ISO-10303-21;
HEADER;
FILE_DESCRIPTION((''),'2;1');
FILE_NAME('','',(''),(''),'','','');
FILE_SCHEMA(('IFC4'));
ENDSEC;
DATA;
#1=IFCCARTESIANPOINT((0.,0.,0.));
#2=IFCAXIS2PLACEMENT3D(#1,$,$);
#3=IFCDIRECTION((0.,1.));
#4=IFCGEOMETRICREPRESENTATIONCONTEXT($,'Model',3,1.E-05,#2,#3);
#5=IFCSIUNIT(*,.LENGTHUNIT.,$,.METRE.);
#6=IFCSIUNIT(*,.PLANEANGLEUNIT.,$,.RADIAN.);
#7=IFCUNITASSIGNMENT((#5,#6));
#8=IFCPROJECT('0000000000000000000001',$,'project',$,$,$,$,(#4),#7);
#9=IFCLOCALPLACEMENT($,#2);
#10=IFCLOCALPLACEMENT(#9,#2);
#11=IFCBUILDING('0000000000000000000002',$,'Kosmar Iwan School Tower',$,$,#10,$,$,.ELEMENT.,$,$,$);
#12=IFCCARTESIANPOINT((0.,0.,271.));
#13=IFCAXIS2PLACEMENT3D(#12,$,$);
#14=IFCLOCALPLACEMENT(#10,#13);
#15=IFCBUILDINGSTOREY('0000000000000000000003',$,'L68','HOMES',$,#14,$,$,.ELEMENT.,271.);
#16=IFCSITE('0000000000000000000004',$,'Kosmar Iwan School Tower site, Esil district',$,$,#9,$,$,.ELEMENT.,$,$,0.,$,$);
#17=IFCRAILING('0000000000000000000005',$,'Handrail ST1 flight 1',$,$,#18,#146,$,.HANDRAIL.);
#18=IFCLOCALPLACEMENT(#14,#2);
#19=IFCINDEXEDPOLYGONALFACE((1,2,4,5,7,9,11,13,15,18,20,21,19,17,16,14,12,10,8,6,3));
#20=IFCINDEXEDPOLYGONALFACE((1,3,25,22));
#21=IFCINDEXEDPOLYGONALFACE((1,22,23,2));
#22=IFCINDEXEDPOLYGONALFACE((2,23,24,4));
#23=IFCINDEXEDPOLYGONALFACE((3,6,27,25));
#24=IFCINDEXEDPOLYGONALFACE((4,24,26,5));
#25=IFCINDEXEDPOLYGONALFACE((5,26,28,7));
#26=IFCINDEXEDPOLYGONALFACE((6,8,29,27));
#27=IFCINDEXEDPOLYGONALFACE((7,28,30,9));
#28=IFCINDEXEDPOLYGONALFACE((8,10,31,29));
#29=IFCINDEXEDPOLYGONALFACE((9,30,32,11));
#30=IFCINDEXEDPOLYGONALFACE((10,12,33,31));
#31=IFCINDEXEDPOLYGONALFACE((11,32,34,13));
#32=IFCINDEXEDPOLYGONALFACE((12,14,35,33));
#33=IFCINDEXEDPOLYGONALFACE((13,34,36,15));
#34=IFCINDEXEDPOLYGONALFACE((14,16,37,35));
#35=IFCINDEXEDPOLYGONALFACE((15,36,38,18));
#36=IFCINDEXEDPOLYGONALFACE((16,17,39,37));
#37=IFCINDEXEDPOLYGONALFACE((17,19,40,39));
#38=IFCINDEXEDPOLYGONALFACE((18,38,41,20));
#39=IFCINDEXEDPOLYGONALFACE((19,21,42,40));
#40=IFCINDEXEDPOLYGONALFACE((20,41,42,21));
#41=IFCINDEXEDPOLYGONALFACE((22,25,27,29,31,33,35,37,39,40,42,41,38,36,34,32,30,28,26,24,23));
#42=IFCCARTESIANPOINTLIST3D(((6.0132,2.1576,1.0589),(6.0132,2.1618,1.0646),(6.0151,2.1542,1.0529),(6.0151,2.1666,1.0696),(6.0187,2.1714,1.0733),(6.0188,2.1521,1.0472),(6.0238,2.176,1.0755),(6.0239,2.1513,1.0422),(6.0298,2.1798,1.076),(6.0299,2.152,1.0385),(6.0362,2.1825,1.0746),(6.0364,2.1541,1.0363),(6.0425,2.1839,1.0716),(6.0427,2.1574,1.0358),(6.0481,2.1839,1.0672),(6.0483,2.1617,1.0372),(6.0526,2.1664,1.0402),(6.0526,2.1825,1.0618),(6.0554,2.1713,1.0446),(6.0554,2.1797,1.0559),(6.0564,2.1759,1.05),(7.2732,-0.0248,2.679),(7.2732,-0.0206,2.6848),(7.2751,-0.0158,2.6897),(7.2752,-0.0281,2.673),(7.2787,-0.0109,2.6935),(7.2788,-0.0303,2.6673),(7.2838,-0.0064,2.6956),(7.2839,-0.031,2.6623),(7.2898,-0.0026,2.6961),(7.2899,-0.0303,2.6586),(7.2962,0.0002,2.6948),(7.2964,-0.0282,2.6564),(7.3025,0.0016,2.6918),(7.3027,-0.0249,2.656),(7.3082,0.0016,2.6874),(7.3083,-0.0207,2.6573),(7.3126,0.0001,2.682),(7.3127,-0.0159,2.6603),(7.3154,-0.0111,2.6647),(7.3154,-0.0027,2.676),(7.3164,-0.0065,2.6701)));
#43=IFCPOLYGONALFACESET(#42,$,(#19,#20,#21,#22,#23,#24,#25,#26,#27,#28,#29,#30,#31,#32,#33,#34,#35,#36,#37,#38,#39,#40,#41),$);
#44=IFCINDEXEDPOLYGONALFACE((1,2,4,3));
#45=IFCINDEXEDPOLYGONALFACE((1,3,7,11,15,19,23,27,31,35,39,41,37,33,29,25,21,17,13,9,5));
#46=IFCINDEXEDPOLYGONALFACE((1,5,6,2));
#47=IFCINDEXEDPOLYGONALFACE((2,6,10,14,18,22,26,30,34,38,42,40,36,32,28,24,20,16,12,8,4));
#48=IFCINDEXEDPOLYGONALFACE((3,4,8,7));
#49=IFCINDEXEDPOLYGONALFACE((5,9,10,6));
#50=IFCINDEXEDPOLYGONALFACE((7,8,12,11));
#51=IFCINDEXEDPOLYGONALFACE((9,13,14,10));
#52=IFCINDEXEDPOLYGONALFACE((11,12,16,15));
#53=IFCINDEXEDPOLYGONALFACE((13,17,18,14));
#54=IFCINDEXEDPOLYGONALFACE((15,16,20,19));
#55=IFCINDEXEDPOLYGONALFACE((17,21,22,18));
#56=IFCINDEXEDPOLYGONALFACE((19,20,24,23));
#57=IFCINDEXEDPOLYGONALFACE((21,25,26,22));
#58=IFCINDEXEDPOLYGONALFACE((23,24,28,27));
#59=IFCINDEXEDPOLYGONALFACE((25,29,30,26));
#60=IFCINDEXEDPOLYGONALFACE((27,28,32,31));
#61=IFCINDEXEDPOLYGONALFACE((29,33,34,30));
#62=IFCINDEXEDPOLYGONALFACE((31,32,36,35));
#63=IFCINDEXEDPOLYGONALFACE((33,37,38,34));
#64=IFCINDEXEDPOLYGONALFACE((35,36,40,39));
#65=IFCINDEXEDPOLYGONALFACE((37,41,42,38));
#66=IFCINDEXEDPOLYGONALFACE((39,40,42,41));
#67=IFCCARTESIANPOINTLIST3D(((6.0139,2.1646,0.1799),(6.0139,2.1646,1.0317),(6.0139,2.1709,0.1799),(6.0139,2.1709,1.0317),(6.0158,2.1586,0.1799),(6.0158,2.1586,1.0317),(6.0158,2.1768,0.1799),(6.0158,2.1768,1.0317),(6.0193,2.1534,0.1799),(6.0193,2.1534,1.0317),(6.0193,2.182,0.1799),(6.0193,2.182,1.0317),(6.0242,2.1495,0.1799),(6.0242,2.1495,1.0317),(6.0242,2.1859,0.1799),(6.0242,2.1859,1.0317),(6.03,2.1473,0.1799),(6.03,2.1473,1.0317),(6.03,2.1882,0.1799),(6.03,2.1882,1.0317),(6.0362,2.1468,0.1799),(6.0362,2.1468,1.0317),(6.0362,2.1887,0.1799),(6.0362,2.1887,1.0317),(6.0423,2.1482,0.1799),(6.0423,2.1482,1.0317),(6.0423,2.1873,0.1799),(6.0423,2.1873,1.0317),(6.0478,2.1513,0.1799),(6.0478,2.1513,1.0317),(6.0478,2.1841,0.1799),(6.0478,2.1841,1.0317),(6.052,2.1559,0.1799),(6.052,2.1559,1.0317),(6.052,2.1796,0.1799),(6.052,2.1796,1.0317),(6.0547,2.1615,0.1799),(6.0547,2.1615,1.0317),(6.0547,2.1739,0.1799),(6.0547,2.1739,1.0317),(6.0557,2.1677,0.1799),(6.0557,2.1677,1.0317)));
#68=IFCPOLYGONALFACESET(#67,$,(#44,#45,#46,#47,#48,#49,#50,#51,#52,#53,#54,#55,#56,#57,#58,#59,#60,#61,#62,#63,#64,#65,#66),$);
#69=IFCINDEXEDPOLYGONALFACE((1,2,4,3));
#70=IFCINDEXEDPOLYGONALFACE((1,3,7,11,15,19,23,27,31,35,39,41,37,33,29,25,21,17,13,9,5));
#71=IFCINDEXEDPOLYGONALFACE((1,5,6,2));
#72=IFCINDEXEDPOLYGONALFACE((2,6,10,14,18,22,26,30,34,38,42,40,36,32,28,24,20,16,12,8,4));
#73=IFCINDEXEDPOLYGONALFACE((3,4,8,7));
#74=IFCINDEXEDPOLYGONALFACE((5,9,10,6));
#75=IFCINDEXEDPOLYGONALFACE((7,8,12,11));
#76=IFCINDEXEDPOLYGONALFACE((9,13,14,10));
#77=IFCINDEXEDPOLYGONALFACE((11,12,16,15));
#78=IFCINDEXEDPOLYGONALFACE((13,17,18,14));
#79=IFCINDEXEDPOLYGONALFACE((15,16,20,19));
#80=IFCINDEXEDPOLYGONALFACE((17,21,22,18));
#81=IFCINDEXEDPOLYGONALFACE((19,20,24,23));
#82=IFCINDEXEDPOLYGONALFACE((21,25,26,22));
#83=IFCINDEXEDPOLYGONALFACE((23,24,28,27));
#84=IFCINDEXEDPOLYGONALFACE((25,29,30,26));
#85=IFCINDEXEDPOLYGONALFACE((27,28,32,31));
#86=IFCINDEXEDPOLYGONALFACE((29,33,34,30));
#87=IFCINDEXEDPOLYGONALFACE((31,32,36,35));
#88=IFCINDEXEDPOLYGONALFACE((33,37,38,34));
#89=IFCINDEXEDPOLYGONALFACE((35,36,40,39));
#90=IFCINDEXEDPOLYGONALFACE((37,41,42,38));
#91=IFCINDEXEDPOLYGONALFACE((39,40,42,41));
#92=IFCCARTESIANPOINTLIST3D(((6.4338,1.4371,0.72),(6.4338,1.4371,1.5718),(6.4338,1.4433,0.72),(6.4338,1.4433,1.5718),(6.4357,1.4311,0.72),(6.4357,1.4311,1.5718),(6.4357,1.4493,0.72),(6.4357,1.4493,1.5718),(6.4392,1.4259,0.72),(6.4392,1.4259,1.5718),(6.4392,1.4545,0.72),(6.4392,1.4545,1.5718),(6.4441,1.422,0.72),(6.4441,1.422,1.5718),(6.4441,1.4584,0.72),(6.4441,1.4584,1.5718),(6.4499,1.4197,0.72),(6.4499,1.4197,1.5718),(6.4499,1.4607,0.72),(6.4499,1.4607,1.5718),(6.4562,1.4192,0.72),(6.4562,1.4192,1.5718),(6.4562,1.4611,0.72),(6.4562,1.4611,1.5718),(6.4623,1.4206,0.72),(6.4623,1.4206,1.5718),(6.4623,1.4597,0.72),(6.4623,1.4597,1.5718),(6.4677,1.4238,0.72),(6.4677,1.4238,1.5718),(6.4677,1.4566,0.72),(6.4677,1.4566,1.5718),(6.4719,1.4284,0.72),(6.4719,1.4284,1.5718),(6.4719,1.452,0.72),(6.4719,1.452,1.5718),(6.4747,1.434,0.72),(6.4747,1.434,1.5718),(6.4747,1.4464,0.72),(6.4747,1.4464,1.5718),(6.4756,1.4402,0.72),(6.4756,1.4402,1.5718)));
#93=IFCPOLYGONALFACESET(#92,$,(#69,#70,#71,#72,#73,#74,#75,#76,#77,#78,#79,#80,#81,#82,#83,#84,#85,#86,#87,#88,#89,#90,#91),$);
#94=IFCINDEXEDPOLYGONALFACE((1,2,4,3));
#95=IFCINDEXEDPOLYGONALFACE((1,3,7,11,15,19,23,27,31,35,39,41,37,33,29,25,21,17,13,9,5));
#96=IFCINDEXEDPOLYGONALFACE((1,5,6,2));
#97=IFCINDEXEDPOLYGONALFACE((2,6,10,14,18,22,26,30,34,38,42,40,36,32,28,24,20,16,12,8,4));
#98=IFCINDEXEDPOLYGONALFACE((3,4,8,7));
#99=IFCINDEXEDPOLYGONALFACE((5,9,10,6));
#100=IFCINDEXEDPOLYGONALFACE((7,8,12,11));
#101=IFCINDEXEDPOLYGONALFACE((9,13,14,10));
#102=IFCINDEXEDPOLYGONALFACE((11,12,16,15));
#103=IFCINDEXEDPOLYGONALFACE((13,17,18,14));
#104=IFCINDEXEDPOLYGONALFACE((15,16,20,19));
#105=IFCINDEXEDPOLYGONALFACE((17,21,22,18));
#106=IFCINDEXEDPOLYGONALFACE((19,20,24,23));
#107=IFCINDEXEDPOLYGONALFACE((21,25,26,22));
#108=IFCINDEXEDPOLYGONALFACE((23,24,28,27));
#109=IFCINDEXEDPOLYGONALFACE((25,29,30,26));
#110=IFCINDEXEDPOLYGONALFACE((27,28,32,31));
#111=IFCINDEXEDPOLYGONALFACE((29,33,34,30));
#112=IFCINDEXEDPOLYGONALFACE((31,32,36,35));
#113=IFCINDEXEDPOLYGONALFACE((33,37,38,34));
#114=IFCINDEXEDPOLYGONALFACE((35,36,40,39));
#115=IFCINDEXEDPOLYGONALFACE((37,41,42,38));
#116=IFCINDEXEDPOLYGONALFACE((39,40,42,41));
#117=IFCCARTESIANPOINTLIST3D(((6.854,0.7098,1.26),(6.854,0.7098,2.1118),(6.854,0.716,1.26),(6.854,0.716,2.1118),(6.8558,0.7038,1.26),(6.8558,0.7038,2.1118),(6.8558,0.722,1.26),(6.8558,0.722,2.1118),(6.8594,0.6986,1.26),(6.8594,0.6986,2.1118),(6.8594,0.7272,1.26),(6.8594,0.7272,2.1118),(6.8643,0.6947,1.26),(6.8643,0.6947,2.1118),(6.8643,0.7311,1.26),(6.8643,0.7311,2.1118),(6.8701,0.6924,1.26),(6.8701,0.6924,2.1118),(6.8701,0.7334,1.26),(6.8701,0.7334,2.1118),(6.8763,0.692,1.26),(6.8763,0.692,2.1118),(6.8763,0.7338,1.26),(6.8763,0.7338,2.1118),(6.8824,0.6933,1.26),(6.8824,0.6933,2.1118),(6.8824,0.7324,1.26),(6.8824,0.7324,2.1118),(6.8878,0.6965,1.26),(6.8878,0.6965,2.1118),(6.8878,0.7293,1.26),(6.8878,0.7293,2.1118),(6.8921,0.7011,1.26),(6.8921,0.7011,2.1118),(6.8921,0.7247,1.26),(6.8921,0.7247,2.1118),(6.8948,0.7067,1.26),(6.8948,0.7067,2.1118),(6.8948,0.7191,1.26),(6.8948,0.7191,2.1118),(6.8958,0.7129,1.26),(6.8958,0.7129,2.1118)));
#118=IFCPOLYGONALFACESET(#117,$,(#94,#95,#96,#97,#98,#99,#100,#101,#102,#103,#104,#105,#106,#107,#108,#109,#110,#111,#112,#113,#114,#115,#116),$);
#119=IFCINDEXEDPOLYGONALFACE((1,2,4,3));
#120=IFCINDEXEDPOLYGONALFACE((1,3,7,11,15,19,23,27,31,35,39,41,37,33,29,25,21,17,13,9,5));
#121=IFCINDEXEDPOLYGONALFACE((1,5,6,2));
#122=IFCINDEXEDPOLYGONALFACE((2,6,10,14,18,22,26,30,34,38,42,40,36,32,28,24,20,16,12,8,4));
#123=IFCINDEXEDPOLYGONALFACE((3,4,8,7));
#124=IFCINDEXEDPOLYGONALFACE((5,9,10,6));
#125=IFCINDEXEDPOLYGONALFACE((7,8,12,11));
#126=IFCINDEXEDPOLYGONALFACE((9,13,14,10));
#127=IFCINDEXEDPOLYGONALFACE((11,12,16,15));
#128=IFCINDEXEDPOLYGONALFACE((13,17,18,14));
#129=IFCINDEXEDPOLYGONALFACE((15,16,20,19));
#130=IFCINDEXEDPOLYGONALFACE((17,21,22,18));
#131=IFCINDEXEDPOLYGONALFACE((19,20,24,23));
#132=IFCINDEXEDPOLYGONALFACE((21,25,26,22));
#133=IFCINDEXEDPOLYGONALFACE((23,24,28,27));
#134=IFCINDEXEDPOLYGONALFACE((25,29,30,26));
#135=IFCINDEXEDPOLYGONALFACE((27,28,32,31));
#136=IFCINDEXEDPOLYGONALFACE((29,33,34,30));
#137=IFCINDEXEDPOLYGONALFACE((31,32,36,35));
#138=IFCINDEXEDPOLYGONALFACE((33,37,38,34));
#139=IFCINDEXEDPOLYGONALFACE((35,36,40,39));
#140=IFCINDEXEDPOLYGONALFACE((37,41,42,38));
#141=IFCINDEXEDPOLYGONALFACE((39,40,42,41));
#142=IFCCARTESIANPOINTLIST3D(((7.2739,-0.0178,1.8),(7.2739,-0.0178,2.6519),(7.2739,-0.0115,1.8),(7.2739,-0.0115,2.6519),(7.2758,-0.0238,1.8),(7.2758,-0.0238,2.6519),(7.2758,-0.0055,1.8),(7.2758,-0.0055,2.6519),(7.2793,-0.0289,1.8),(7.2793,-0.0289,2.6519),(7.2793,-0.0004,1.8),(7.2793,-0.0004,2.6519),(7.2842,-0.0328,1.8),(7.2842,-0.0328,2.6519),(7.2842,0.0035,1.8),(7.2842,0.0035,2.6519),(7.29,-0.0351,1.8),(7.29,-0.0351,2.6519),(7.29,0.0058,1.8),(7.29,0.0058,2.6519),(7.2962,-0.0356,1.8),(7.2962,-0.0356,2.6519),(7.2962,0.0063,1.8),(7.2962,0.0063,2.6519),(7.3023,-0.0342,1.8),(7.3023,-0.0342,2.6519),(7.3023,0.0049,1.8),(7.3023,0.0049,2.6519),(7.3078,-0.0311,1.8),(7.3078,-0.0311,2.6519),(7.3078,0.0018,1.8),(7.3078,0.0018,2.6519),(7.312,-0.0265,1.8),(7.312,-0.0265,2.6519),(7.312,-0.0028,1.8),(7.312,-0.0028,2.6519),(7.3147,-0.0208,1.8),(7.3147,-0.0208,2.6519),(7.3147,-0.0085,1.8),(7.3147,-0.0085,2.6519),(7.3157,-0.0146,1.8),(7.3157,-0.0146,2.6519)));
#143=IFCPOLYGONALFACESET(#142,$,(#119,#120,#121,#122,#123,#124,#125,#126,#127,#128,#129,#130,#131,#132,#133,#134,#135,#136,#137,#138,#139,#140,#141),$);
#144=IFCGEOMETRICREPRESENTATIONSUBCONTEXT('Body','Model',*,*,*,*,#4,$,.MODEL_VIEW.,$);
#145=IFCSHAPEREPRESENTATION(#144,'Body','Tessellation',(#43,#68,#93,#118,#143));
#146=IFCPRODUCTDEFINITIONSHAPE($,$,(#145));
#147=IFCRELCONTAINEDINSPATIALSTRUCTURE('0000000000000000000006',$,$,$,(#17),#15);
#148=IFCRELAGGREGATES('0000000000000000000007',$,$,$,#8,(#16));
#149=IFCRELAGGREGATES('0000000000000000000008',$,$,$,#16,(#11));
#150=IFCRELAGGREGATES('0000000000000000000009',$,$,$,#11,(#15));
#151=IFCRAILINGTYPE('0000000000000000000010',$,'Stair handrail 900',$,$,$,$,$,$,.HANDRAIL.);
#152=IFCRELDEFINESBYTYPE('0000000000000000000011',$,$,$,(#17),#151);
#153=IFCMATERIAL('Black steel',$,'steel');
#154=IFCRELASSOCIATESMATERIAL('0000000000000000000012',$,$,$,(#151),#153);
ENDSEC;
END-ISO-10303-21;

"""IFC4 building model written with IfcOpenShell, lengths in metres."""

from ifc_helpers import new_model, si_unit, direction, frame, origin, origin_2d, place, context, subcontext, project, spatial, circle, extrude, material, type_object, element, save


model = new_model("IFC4")

# Units and contexts
model_context = context("Model", 3, precision=1e-05, world=origin(), true_north=direction((0.0, 1.0)))
body_context = subcontext(model_context, "Body", "Model", "MODEL_VIEW")
ifc_project = project(units=[si_unit("LENGTHUNIT", "METRE"), si_unit("PLANEANGLEUNIT", "RADIAN")], contexts=[model_context])

# Site, building, storey
site_placement = place(None, origin())
site = spatial("IfcSite", under=ifc_project, at=site_placement, Name="Kosmar Iwan School Tower site, Esil district", CompositionType="ELEMENT", RefElevation=0.0)
building_placement = place(site_placement, origin())
building = spatial("IfcBuilding", under=site, at=building_placement, Name="Kosmar Iwan School Tower", CompositionType="ELEMENT")
storey_placement = place(building_placement, frame((0.0, 0.0, 271.0)))
storey = spatial("IfcBuildingStorey", under=building, at=storey_placement, Name="L68", Description="HOMES", CompositionType="ELEMENT", Elevation=271.0)

# Railing
ifc_material_1 = material(Name="Black steel", Category="steel")
railing_type = type_object("IfcRailingType", Name="Stair handrail 900", PredefinedType="HANDRAIL", material=ifc_material_1)
railing_placement = place(storey_placement, frame((6.0347, 2.1677, 0.1799)))
element("IfcRailing", 1, at=railing_placement, inside=storey, type_object=railing_type, Name="Handrail ST1 flight 1", PredefinedType="HANDRAIL", context=body_context, shape_type="SweptSolid", body=[
    extrude(circle(Radius=0.0239, at=origin_2d()), frame((0.0, 0.0, 0.876), z_axis=(0.420584, -0.728464, 0.540786), x_axis=(0.866023, 0.500005, 0.0)), (0.0, 0.0, 1.0), 2.9958),
    extrude(circle(Radius=0.021, at=origin_2d()), origin(), (0.0, 0.0, 1.0), 0.8518),
    extrude(circle(Radius=0.021, at=origin_2d()), frame((0.4199, -0.7275, 0.54)), (0.0, 0.0, 1.0), 0.8518),
    extrude(circle(Radius=0.021, at=origin_2d()), frame((0.8401, -1.4548, 1.0801)), (0.0, 0.0, 1.0), 0.8518),
    extrude(circle(Radius=0.021, at=origin_2d()), frame((1.26, -2.1824, 1.6201)), (0.0, 0.0, 1.0), 0.8518),
])

save(model, "model.ifc")
